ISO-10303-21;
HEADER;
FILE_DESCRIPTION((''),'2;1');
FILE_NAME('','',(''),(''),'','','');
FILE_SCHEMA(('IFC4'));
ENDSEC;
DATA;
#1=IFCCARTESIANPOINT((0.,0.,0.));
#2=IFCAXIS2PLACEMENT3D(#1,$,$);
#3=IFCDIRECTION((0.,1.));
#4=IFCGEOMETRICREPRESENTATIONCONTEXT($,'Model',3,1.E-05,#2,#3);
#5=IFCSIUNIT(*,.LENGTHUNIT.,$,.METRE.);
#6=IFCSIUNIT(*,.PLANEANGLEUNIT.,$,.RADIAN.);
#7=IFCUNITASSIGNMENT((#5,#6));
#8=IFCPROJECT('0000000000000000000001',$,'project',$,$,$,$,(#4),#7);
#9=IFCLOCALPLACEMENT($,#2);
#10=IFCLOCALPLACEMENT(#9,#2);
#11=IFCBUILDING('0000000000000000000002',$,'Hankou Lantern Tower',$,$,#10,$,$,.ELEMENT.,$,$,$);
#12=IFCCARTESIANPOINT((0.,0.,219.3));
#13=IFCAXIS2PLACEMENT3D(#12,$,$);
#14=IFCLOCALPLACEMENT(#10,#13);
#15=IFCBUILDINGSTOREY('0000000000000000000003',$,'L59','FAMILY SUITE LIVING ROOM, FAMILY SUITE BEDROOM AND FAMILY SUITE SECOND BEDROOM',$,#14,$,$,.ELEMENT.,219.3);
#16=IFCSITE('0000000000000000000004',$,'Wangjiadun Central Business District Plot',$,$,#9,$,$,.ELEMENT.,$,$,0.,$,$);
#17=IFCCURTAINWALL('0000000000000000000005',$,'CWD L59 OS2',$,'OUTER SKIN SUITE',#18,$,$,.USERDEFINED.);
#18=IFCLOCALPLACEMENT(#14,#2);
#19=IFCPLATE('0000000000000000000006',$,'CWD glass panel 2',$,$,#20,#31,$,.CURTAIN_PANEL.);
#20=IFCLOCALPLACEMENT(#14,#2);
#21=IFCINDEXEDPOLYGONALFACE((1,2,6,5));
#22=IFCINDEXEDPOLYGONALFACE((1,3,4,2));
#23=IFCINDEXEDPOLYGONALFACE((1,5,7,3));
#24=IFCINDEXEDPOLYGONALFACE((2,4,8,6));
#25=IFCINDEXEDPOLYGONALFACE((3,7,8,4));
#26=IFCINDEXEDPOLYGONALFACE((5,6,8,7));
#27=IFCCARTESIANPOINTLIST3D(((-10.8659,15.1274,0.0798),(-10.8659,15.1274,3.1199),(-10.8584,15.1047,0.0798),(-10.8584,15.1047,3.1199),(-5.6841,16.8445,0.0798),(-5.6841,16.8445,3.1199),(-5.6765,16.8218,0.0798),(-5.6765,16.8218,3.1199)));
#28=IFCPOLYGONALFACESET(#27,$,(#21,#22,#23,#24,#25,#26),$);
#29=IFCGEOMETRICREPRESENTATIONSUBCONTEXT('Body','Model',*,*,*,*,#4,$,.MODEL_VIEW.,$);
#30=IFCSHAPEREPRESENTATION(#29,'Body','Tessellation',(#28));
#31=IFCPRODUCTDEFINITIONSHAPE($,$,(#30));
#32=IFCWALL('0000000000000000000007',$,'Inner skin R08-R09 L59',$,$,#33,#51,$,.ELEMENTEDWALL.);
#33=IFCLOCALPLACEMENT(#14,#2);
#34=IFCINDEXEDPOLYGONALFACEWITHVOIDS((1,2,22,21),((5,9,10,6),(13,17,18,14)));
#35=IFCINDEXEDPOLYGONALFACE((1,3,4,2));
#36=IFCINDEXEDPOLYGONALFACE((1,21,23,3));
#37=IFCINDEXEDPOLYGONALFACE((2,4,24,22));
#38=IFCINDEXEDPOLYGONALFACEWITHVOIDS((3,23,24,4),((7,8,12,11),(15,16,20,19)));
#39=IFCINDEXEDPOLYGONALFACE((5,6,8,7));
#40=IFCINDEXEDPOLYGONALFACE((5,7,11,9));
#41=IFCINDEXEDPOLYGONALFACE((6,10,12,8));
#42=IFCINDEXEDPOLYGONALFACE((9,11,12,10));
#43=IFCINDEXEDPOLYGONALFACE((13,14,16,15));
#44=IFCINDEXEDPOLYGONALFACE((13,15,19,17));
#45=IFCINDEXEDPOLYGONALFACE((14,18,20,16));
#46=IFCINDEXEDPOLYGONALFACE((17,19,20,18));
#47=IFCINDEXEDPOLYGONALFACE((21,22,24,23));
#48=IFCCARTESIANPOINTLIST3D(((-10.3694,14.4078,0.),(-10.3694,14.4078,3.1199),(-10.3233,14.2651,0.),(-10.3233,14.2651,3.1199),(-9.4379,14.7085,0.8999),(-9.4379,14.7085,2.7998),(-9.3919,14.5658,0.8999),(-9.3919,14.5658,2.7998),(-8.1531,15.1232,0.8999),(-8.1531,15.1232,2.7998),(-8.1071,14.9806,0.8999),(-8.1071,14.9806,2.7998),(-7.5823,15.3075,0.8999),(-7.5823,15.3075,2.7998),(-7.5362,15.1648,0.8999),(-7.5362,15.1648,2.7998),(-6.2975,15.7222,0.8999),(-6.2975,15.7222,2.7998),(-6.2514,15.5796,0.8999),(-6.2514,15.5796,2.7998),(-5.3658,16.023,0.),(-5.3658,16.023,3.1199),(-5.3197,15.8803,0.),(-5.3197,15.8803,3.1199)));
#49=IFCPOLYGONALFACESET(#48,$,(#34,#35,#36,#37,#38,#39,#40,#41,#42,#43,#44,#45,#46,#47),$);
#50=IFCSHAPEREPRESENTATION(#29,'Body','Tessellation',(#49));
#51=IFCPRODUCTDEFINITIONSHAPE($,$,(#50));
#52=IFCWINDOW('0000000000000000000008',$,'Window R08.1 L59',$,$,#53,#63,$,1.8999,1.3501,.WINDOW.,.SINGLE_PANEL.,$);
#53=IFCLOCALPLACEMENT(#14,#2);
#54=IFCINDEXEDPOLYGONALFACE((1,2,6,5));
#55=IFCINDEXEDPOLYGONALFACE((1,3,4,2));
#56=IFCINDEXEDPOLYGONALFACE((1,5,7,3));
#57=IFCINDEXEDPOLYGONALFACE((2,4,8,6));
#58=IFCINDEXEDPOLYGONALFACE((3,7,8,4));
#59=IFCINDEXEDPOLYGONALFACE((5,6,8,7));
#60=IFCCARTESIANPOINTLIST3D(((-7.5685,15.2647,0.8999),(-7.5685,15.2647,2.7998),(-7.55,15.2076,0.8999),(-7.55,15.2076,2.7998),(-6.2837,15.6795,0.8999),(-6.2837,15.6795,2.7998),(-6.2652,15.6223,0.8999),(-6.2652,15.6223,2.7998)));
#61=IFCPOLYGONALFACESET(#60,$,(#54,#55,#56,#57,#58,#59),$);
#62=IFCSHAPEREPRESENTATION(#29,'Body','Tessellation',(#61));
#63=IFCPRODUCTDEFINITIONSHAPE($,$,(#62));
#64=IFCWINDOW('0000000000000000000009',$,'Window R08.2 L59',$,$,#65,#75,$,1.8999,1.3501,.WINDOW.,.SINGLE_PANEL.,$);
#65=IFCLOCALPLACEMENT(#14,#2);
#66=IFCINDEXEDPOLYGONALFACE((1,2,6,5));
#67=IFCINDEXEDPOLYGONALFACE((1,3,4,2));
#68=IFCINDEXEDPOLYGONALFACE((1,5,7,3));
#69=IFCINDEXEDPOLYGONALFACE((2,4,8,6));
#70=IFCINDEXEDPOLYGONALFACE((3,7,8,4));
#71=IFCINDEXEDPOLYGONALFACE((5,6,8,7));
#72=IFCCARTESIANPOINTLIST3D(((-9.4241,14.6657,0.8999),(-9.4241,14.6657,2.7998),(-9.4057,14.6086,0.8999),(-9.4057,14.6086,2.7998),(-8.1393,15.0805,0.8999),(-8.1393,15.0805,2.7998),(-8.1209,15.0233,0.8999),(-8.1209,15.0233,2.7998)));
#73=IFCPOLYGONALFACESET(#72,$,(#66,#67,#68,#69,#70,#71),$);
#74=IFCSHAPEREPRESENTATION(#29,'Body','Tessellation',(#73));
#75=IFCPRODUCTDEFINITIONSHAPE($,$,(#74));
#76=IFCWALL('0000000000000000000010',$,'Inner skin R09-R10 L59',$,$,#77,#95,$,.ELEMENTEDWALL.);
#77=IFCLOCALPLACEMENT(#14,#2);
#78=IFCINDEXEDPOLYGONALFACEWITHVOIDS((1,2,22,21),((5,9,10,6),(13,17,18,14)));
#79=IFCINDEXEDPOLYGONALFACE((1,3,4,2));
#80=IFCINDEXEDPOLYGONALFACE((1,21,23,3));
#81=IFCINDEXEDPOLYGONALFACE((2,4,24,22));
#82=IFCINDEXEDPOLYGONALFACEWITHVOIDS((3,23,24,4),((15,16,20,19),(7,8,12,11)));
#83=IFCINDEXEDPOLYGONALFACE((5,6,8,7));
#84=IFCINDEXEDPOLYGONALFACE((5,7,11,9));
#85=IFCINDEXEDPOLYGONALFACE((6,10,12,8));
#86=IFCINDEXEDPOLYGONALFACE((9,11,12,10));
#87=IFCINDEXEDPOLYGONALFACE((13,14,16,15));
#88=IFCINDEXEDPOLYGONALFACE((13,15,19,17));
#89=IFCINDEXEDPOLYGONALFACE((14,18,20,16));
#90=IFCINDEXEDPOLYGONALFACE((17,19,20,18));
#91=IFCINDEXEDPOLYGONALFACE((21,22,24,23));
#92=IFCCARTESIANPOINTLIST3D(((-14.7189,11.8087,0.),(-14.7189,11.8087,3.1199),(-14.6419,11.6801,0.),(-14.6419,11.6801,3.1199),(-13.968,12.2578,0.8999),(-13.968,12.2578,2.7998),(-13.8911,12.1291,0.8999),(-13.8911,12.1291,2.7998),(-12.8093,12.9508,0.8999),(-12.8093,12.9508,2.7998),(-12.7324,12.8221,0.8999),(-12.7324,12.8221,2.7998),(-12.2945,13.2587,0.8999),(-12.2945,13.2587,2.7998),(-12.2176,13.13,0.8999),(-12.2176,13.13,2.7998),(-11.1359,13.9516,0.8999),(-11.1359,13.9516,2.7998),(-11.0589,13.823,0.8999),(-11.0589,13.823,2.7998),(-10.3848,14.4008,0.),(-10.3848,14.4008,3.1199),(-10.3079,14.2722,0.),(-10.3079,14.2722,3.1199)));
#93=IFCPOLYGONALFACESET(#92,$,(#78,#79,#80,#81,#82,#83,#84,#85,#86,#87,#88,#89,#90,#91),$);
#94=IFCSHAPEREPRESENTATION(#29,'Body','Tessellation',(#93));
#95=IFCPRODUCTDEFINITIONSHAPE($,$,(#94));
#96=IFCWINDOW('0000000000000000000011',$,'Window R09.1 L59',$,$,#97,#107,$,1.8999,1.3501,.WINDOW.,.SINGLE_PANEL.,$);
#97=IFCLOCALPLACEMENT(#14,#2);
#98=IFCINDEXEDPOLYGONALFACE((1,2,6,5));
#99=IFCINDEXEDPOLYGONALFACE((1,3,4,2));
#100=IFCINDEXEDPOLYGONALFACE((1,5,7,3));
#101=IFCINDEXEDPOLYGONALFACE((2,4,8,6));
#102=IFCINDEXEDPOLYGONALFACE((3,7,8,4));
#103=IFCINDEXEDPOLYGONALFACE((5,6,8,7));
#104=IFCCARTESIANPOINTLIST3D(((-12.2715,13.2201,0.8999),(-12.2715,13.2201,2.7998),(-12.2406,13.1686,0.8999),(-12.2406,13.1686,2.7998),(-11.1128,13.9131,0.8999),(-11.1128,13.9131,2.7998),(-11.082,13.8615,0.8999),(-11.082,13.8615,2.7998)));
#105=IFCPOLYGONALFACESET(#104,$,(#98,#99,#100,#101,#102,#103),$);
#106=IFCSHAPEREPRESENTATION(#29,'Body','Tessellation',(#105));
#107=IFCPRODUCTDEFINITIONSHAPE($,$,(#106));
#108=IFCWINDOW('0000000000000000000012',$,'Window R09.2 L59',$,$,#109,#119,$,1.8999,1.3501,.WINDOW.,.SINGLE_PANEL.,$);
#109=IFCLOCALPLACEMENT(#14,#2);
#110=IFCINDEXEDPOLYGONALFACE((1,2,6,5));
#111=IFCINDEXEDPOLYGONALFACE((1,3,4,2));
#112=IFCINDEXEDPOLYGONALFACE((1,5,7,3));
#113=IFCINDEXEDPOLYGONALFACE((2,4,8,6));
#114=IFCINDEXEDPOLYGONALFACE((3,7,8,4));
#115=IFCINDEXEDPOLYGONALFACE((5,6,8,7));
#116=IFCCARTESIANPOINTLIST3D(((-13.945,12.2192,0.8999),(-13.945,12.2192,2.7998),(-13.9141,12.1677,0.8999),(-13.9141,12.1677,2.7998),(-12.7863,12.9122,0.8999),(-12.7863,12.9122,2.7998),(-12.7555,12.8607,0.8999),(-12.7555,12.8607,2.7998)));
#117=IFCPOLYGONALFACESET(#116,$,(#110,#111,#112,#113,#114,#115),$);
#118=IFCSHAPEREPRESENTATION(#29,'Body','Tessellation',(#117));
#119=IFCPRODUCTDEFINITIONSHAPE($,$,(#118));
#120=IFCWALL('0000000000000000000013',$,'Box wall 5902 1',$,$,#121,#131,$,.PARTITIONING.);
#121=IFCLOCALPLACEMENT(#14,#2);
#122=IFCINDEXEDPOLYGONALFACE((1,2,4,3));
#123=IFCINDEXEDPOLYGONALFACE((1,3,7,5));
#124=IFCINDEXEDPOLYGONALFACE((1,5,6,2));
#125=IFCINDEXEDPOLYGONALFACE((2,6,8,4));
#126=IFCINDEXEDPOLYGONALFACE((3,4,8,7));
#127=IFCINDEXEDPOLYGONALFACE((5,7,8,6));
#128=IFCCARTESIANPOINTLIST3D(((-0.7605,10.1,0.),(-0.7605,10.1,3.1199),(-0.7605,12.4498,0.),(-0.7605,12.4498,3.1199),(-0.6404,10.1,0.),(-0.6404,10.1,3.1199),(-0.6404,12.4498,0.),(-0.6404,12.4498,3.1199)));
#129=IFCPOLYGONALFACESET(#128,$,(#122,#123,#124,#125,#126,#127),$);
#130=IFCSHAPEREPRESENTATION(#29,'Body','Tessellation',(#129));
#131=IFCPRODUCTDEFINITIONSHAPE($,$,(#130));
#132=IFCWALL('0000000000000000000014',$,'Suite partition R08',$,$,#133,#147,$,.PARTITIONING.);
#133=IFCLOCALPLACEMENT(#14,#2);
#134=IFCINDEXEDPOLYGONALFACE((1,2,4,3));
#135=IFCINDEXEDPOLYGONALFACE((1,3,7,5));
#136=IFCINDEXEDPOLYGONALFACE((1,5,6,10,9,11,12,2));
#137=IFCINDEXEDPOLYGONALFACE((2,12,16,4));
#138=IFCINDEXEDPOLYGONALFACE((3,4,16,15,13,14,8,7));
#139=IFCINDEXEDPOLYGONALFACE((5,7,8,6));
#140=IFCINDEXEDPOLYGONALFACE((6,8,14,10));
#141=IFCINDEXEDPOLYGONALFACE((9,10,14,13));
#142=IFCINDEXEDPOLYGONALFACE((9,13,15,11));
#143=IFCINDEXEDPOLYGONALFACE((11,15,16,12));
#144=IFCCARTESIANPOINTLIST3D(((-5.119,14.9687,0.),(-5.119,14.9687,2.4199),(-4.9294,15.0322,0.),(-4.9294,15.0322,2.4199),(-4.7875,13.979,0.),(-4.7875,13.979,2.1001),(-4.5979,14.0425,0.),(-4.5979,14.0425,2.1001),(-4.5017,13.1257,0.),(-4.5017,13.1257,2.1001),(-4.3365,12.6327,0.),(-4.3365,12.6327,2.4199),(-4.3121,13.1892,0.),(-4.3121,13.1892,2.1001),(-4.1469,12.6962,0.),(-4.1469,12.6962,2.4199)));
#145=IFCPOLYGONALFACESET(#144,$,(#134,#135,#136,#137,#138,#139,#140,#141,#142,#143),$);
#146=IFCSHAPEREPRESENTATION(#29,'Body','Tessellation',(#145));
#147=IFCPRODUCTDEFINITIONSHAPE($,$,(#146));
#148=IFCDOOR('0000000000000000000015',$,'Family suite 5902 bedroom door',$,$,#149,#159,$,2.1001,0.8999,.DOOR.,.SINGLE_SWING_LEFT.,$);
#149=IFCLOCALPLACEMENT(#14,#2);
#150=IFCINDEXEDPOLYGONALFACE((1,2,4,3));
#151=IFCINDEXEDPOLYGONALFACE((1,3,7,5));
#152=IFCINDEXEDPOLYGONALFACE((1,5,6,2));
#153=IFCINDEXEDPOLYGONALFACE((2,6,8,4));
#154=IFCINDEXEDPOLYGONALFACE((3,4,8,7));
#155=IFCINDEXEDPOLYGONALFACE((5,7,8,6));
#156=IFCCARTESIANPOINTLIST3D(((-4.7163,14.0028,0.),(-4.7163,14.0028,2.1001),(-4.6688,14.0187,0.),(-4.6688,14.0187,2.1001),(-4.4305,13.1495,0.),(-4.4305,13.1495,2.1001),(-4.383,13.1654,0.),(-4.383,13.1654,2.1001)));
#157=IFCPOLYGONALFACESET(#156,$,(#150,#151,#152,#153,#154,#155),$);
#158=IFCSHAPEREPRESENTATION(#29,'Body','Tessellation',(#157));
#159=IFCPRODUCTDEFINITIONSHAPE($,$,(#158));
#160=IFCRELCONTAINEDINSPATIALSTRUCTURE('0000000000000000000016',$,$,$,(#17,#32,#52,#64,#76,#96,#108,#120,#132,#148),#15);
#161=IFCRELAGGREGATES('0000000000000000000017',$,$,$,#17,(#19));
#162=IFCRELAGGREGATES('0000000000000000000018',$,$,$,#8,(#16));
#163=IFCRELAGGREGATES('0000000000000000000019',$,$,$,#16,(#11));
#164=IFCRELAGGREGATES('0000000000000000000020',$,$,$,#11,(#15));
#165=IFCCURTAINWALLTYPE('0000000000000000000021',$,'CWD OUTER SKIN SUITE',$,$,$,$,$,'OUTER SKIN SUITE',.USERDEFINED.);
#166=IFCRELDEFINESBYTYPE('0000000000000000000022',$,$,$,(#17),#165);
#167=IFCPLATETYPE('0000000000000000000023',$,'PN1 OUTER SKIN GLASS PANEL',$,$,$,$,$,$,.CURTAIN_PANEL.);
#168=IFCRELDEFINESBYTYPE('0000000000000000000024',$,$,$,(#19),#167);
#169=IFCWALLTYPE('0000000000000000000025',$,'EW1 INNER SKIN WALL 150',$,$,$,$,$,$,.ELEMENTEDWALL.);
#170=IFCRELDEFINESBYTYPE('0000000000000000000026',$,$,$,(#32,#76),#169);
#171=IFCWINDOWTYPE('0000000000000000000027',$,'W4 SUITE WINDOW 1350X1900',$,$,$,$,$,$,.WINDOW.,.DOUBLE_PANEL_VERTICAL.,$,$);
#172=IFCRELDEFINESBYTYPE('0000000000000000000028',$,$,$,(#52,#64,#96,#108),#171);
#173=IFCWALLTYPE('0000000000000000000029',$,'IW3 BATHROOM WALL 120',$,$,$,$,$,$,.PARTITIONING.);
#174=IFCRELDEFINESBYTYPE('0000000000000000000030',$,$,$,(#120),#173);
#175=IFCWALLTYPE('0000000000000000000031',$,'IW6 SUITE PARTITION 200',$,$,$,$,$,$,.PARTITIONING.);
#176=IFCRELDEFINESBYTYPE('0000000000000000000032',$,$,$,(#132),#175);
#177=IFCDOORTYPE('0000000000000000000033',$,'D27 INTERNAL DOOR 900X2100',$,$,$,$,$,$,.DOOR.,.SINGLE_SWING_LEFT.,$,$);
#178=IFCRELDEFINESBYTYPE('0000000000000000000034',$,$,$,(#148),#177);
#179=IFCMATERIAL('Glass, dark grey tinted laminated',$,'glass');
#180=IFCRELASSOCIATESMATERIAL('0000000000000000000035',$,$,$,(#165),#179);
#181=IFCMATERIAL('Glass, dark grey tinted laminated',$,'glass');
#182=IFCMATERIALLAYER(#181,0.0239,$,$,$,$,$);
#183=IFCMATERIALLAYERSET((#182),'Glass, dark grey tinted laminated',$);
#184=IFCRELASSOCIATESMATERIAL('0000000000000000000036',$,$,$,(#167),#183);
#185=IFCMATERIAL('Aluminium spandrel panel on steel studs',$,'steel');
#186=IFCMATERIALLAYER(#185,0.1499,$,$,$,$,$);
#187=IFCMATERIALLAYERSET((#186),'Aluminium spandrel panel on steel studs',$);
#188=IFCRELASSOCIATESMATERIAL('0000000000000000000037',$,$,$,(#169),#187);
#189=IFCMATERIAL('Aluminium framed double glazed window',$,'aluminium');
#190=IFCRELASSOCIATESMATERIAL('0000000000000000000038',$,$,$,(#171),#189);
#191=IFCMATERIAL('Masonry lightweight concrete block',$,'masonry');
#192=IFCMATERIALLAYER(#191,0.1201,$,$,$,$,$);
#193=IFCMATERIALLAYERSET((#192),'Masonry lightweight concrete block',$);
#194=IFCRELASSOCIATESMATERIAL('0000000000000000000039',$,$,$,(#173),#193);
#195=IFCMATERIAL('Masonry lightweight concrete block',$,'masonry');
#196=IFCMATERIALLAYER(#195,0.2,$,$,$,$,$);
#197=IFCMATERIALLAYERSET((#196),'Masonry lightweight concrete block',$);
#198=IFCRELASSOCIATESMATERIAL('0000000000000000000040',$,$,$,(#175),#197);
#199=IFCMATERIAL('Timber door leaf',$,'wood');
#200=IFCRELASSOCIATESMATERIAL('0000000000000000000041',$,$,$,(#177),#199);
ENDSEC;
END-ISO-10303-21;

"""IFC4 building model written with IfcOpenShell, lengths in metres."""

from ifc_helpers import new_model, si_unit, direction, frame, frame_2d, origin, origin_2d, place, context, subcontext, project, spatial, rectangle, extrude, material, layer, layer_set, type_object, element, fill, aggregate, save


model = new_model("IFC4")

# Units and contexts
model_context = context("Model", 3, precision=1e-05, world=origin(), true_north=direction((0.0, 1.0)))
body_context = subcontext(model_context, "Body", "Model", "MODEL_VIEW")
ifc_project = project(units=[si_unit("LENGTHUNIT", "METRE"), si_unit("PLANEANGLEUNIT", "RADIAN")], contexts=[model_context])

# Site, building, storey
site_placement = place(None, origin())
site = spatial("IfcSite", under=ifc_project, at=site_placement, Name="Wangjiadun Central Business District Plot", CompositionType="ELEMENT", RefElevation=0.0)
building_placement = place(site_placement, origin())
building = spatial("IfcBuilding", under=site, at=building_placement, Name="Hankou Lantern Tower", CompositionType="ELEMENT")
storey_placement = place(building_placement, frame((0.0, 0.0, 219.3)))
storey = spatial("IfcBuildingStorey", under=building, at=storey_placement, Name="L59", Description="FAMILY SUITE LIVING ROOM, FAMILY SUITE BEDROOM AND FAMILY SUITE SECOND BEDROOM", CompositionType="ELEMENT", Elevation=219.3)

# Curtain wall
ifc_material_1 = material(Name="Glass, dark grey tinted laminated", Category="glass")
curtain_wall_type = type_object("IfcCurtainWallType", Name="CWD OUTER SKIN SUITE", ElementType="OUTER SKIN SUITE", PredefinedType="USERDEFINED", material=ifc_material_1)
curtain_wall_placement = place(storey_placement, origin())
curtain_wall = element("IfcCurtainWall", 1, at=curtain_wall_placement, inside=storey, type_object=curtain_wall_type, Name="CWD L59 OS2", ObjectType="OUTER SKIN SUITE", PredefinedType="USERDEFINED")

# Plate
ifc_material_2 = material(Name="Glass, dark grey tinted laminated", Category="glass")
ifc_layer_1 = layer(ifc_material_2, 0.0239)
ifc_layer_set_1 = layer_set([ifc_layer_1], Name="Glass, dark grey tinted laminated")
plate_type = type_object("IfcPlateType", Name="PN1 OUTER SKIN GLASS PANEL", PredefinedType="CURTAIN_PANEL", material=ifc_layer_set_1)
plate_1_placement = place(storey_placement, frame((-8.2712, 15.9746, 0.0798), z_axis=(0.0, 0.0, 1.0), x_axis=(-0.949241, -0.314551, 0.0)))
plate_1 = element("IfcPlate", 2, at=plate_1_placement, type_object=plate_type, Name="CWD glass panel 2", PredefinedType="CURTAIN_PANEL", context=body_context, shape_type="SweptSolid", body=[
    extrude(rectangle(XDim=5.459, YDim=0.0239, at=origin_2d()), origin(), (0.0, 0.0, 1.0), 3.04),
])
aggregate(curtain_wall, [plate_1])

# Walls, openings, windows
ifc_material_3 = material(Name="Aluminium spandrel panel on steel studs", Category="steel")
ifc_layer_2 = layer(ifc_material_3, 0.1499)
ifc_layer_set_2 = layer_set([ifc_layer_2], Name="Aluminium spandrel panel on steel studs")
wall_type_1 = type_object("IfcWallType", Name="EW1 INNER SKIN WALL 150", PredefinedType="ELEMENTEDWALL", material=ifc_layer_set_2)
wall_1_placement = place(storey_placement, frame((-5.3428, 15.9517, 0.0), z_axis=(0.0, 0.0, 1.0), x_axis=(-0.951645, -0.307201, 0.0)))
wall_1 = element("IfcWall", 3, at=wall_1_placement, inside=storey, type_object=wall_type_1, Name="Inner skin R08-R09 L59", PredefinedType="ELEMENTEDWALL", context=body_context, shape_type="SweptSolid", body=[
    extrude(rectangle(XDim=5.2578, YDim=0.1499, at=frame_2d((2.6289, 0.0))), origin(), (0.0, 0.0, 1.0), 3.1199),
])
opening_1_placement = place(wall_1_placement, frame((0.979, 0.0, 0.8999)))
opening_1 = element("IfcOpeningElement", 4, at=opening_1_placement, cuts=wall_1, PredefinedType="OPENING", context=body_context, shape_type="SweptSolid", body=[
    extrude(rectangle(XDim=1.3501, YDim=1.8999, at=frame_2d((0.675, 0.95))), frame((0.0, 0.085, 0.0), z_axis=(0.0, -1.0, 0.0), x_axis=(1.0, 0.0, 0.0)), (0.0, 0.0, 1.0), 0.1699),
])
opening_2_placement = place(wall_1_placement, frame((2.929, 0.0, 0.8999)))
opening_2 = element("IfcOpeningElement", 5, at=opening_2_placement, cuts=wall_1, PredefinedType="OPENING", context=body_context, shape_type="SweptSolid", body=[
    extrude(rectangle(XDim=1.3501, YDim=1.8999, at=frame_2d((0.675, 0.95))), frame((0.0, 0.085, 0.0), z_axis=(0.0, -1.0, 0.0), x_axis=(1.0, 0.0, 0.0)), (0.0, 0.0, 1.0), 0.1699),
])
ifc_material_4 = material(Name="Aluminium framed double glazed window", Category="aluminium")
window_type = type_object("IfcWindowType", Name="W4 SUITE WINDOW 1350X1900", PartitioningType="DOUBLE_PANEL_VERTICAL", PredefinedType="WINDOW", material=ifc_material_4)
window_1_placement = place(opening_1_placement, origin())
window_1 = element("IfcWindow", 6, at=window_1_placement, inside=storey, type_object=window_type, Name="Window R08.1 L59", OverallHeight=1.8999, OverallWidth=1.3501, PartitioningType="SINGLE_PANEL", PredefinedType="WINDOW", context=body_context, shape_type="SweptSolid", body=[
    extrude(rectangle(XDim=1.3501, YDim=1.8999, at=frame_2d((0.675, 0.95))), frame((0.0, 0.03, 0.0), z_axis=(0.0, -1.0, 0.0), x_axis=(1.0, 0.0, 0.0)), (0.0, 0.0, 1.0), 0.0601),
])
fill(opening_1, window_1)
window_2_placement = place(opening_2_placement, origin())
window_2 = element("IfcWindow", 7, at=window_2_placement, inside=storey, type_object=window_type, Name="Window R08.2 L59", OverallHeight=1.8999, OverallWidth=1.3501, PartitioningType="SINGLE_PANEL", PredefinedType="WINDOW", context=body_context, shape_type="SweptSolid", body=[
    extrude(rectangle(XDim=1.3501, YDim=1.8999, at=frame_2d((0.675, 0.95))), frame((0.0, 0.03, 0.0), z_axis=(0.0, -1.0, 0.0), x_axis=(1.0, 0.0, 0.0)), (0.0, 0.0, 1.0), 0.0601),
])
fill(opening_2, window_2)
wall_2_placement = place(storey_placement, frame((-10.3464, 14.3364, 0.0), z_axis=(0.0, 0.0, 1.0), x_axis=(-0.858222, -0.51328, 0.0)))
wall_2 = element("IfcWall", 8, at=wall_2_placement, inside=storey, type_object=wall_type_1, Name="Inner skin R09-R10 L59", PredefinedType="ELEMENTEDWALL", context=body_context, shape_type="SweptSolid", body=[
    extrude(rectangle(XDim=5.05, YDim=0.1499, at=frame_2d((2.5249, 0.0))), origin(), (0.0, 0.0, 1.0), 3.1199),
])
opening_3_placement = place(wall_2_placement, frame((0.875, 0.0, 0.8999)))
opening_3 = element("IfcOpeningElement", 9, at=opening_3_placement, cuts=wall_2, PredefinedType="OPENING", context=body_context, shape_type="SweptSolid", body=[
    extrude(rectangle(XDim=1.3501, YDim=1.8999, at=frame_2d((0.675, 0.95))), frame((0.0, 0.085, 0.0), z_axis=(0.0, -1.0, 0.0), x_axis=(1.0, 0.0, 0.0)), (0.0, 0.0, 1.0), 0.1699),
])
opening_4_placement = place(wall_2_placement, frame((2.825, 0.0, 0.8999)))
opening_4 = element("IfcOpeningElement", 10, at=opening_4_placement, cuts=wall_2, PredefinedType="OPENING", context=body_context, shape_type="SweptSolid", body=[
    extrude(rectangle(XDim=1.3501, YDim=1.8999, at=frame_2d((0.675, 0.95))), frame((0.0, 0.085, 0.0), z_axis=(0.0, -1.0, 0.0), x_axis=(1.0, 0.0, 0.0)), (0.0, 0.0, 1.0), 0.1699),
])
window_3_placement = place(opening_3_placement, origin())
window_3 = element("IfcWindow", 11, at=window_3_placement, inside=storey, type_object=window_type, Name="Window R09.1 L59", OverallHeight=1.8999, OverallWidth=1.3501, PartitioningType="SINGLE_PANEL", PredefinedType="WINDOW", context=body_context, shape_type="SweptSolid", body=[
    extrude(rectangle(XDim=1.3501, YDim=1.8999, at=frame_2d((0.675, 0.95))), frame((0.0, 0.03, 0.0), z_axis=(0.0, -1.0, 0.0), x_axis=(1.0, 0.0, 0.0)), (0.0, 0.0, 1.0), 0.0601),
])
fill(opening_3, window_3)
window_4_placement = place(opening_4_placement, origin())
window_4 = element("IfcWindow", 12, at=window_4_placement, inside=storey, type_object=window_type, Name="Window R09.2 L59", OverallHeight=1.8999, OverallWidth=1.3501, PartitioningType="SINGLE_PANEL", PredefinedType="WINDOW", context=body_context, shape_type="SweptSolid", body=[
    extrude(rectangle(XDim=1.3501, YDim=1.8999, at=frame_2d((0.675, 0.95))), frame((0.0, 0.03, 0.0), z_axis=(0.0, -1.0, 0.0), x_axis=(1.0, 0.0, 0.0)), (0.0, 0.0, 1.0), 0.0601),
])
fill(opening_4, window_4)

# Wall
ifc_material_5 = material(Name="Masonry lightweight concrete block", Category="masonry")
ifc_layer_3 = layer(ifc_material_5, 0.1201)
ifc_layer_set_3 = layer_set([ifc_layer_3], Name="Masonry lightweight concrete block")
wall_type_2 = type_object("IfcWallType", Name="IW3 BATHROOM WALL 120", PredefinedType="PARTITIONING", material=ifc_layer_set_3)
wall_3_placement = place(storey_placement, frame((-0.7004, 10.1001, 0.0), z_axis=(0.0, 0.0, 1.0), x_axis=(0.0, 1.0, 0.0)))
element("IfcWall", 13, at=wall_3_placement, inside=storey, type_object=wall_type_2, Name="Box wall 5902 1", PredefinedType="PARTITIONING", context=body_context, shape_type="SweptSolid", body=[
    extrude(rectangle(XDim=2.3499, YDim=0.1201, at=frame_2d((1.1748, 0.0))), origin(), (0.0, 0.0, 1.0), 3.1199),
])

# Wall, opening, door
ifc_material_6 = material(Name="Masonry lightweight concrete block", Category="masonry")
ifc_layer_4 = layer(ifc_material_6, 0.2)
ifc_layer_set_4 = layer_set([ifc_layer_4], Name="Masonry lightweight concrete block")
wall_type_3 = type_object("IfcWallType", Name="IW6 SUITE PARTITION 200", PredefinedType="PARTITIONING", material=ifc_layer_set_4)
wall_4_placement = place(storey_placement, frame((-4.2417, 12.6643, 0.0), z_axis=(0.0, 0.0, 1.0), x_axis=(-0.317595, 0.948226, 0.0)))
wall_4 = element("IfcWall", 14, at=wall_4_placement, inside=storey, type_object=wall_type_3, Name="Suite partition R08", PredefinedType="PARTITIONING", context=body_context, shape_type="SweptSolid", body=[
    extrude(rectangle(XDim=2.4636, YDim=0.2, at=frame_2d((1.2319, 0.0))), origin(), (0.0, 0.0, 1.0), 2.4199),
])
opening_5_placement = place(wall_4_placement, frame((0.52, 0.0, 0.0)))
opening_5 = element("IfcOpeningElement", 15, at=opening_5_placement, cuts=wall_4, PredefinedType="OPENING", context=body_context, shape_type="SweptSolid", body=[
    extrude(rectangle(XDim=0.8999, YDim=2.1001, at=frame_2d((0.45, 1.05))), frame((0.0, 0.1099, 0.0), z_axis=(0.0, -1.0, 0.0), x_axis=(1.0, 0.0, 0.0)), (0.0, 0.0, 1.0), 0.22),
])
ifc_material_7 = material(Name="Timber door leaf", Category="wood")
door_type = type_object("IfcDoorType", Name="D27 INTERNAL DOOR 900X2100", OperationType="SINGLE_SWING_LEFT", PredefinedType="DOOR", material=ifc_material_7)
door_placement = place(opening_5_placement, origin())
door = element("IfcDoor", 16, at=door_placement, inside=storey, type_object=door_type, Name="Family suite 5902 bedroom door", OperationType="SINGLE_SWING_LEFT", OverallHeight=2.1001, OverallWidth=0.8999, PredefinedType="DOOR", context=body_context, shape_type="SweptSolid", body=[
    extrude(rectangle(XDim=0.8999, YDim=2.1001, at=frame_2d((0.45, 1.05))), frame((0.0, 0.0249, 0.0), z_axis=(0.0, -1.0, 0.0), x_axis=(1.0, 0.0, 0.0)), (0.0, 0.0, 1.0), 0.05),
])
fill(opening_5, door)

save(model, "model.ifc")
